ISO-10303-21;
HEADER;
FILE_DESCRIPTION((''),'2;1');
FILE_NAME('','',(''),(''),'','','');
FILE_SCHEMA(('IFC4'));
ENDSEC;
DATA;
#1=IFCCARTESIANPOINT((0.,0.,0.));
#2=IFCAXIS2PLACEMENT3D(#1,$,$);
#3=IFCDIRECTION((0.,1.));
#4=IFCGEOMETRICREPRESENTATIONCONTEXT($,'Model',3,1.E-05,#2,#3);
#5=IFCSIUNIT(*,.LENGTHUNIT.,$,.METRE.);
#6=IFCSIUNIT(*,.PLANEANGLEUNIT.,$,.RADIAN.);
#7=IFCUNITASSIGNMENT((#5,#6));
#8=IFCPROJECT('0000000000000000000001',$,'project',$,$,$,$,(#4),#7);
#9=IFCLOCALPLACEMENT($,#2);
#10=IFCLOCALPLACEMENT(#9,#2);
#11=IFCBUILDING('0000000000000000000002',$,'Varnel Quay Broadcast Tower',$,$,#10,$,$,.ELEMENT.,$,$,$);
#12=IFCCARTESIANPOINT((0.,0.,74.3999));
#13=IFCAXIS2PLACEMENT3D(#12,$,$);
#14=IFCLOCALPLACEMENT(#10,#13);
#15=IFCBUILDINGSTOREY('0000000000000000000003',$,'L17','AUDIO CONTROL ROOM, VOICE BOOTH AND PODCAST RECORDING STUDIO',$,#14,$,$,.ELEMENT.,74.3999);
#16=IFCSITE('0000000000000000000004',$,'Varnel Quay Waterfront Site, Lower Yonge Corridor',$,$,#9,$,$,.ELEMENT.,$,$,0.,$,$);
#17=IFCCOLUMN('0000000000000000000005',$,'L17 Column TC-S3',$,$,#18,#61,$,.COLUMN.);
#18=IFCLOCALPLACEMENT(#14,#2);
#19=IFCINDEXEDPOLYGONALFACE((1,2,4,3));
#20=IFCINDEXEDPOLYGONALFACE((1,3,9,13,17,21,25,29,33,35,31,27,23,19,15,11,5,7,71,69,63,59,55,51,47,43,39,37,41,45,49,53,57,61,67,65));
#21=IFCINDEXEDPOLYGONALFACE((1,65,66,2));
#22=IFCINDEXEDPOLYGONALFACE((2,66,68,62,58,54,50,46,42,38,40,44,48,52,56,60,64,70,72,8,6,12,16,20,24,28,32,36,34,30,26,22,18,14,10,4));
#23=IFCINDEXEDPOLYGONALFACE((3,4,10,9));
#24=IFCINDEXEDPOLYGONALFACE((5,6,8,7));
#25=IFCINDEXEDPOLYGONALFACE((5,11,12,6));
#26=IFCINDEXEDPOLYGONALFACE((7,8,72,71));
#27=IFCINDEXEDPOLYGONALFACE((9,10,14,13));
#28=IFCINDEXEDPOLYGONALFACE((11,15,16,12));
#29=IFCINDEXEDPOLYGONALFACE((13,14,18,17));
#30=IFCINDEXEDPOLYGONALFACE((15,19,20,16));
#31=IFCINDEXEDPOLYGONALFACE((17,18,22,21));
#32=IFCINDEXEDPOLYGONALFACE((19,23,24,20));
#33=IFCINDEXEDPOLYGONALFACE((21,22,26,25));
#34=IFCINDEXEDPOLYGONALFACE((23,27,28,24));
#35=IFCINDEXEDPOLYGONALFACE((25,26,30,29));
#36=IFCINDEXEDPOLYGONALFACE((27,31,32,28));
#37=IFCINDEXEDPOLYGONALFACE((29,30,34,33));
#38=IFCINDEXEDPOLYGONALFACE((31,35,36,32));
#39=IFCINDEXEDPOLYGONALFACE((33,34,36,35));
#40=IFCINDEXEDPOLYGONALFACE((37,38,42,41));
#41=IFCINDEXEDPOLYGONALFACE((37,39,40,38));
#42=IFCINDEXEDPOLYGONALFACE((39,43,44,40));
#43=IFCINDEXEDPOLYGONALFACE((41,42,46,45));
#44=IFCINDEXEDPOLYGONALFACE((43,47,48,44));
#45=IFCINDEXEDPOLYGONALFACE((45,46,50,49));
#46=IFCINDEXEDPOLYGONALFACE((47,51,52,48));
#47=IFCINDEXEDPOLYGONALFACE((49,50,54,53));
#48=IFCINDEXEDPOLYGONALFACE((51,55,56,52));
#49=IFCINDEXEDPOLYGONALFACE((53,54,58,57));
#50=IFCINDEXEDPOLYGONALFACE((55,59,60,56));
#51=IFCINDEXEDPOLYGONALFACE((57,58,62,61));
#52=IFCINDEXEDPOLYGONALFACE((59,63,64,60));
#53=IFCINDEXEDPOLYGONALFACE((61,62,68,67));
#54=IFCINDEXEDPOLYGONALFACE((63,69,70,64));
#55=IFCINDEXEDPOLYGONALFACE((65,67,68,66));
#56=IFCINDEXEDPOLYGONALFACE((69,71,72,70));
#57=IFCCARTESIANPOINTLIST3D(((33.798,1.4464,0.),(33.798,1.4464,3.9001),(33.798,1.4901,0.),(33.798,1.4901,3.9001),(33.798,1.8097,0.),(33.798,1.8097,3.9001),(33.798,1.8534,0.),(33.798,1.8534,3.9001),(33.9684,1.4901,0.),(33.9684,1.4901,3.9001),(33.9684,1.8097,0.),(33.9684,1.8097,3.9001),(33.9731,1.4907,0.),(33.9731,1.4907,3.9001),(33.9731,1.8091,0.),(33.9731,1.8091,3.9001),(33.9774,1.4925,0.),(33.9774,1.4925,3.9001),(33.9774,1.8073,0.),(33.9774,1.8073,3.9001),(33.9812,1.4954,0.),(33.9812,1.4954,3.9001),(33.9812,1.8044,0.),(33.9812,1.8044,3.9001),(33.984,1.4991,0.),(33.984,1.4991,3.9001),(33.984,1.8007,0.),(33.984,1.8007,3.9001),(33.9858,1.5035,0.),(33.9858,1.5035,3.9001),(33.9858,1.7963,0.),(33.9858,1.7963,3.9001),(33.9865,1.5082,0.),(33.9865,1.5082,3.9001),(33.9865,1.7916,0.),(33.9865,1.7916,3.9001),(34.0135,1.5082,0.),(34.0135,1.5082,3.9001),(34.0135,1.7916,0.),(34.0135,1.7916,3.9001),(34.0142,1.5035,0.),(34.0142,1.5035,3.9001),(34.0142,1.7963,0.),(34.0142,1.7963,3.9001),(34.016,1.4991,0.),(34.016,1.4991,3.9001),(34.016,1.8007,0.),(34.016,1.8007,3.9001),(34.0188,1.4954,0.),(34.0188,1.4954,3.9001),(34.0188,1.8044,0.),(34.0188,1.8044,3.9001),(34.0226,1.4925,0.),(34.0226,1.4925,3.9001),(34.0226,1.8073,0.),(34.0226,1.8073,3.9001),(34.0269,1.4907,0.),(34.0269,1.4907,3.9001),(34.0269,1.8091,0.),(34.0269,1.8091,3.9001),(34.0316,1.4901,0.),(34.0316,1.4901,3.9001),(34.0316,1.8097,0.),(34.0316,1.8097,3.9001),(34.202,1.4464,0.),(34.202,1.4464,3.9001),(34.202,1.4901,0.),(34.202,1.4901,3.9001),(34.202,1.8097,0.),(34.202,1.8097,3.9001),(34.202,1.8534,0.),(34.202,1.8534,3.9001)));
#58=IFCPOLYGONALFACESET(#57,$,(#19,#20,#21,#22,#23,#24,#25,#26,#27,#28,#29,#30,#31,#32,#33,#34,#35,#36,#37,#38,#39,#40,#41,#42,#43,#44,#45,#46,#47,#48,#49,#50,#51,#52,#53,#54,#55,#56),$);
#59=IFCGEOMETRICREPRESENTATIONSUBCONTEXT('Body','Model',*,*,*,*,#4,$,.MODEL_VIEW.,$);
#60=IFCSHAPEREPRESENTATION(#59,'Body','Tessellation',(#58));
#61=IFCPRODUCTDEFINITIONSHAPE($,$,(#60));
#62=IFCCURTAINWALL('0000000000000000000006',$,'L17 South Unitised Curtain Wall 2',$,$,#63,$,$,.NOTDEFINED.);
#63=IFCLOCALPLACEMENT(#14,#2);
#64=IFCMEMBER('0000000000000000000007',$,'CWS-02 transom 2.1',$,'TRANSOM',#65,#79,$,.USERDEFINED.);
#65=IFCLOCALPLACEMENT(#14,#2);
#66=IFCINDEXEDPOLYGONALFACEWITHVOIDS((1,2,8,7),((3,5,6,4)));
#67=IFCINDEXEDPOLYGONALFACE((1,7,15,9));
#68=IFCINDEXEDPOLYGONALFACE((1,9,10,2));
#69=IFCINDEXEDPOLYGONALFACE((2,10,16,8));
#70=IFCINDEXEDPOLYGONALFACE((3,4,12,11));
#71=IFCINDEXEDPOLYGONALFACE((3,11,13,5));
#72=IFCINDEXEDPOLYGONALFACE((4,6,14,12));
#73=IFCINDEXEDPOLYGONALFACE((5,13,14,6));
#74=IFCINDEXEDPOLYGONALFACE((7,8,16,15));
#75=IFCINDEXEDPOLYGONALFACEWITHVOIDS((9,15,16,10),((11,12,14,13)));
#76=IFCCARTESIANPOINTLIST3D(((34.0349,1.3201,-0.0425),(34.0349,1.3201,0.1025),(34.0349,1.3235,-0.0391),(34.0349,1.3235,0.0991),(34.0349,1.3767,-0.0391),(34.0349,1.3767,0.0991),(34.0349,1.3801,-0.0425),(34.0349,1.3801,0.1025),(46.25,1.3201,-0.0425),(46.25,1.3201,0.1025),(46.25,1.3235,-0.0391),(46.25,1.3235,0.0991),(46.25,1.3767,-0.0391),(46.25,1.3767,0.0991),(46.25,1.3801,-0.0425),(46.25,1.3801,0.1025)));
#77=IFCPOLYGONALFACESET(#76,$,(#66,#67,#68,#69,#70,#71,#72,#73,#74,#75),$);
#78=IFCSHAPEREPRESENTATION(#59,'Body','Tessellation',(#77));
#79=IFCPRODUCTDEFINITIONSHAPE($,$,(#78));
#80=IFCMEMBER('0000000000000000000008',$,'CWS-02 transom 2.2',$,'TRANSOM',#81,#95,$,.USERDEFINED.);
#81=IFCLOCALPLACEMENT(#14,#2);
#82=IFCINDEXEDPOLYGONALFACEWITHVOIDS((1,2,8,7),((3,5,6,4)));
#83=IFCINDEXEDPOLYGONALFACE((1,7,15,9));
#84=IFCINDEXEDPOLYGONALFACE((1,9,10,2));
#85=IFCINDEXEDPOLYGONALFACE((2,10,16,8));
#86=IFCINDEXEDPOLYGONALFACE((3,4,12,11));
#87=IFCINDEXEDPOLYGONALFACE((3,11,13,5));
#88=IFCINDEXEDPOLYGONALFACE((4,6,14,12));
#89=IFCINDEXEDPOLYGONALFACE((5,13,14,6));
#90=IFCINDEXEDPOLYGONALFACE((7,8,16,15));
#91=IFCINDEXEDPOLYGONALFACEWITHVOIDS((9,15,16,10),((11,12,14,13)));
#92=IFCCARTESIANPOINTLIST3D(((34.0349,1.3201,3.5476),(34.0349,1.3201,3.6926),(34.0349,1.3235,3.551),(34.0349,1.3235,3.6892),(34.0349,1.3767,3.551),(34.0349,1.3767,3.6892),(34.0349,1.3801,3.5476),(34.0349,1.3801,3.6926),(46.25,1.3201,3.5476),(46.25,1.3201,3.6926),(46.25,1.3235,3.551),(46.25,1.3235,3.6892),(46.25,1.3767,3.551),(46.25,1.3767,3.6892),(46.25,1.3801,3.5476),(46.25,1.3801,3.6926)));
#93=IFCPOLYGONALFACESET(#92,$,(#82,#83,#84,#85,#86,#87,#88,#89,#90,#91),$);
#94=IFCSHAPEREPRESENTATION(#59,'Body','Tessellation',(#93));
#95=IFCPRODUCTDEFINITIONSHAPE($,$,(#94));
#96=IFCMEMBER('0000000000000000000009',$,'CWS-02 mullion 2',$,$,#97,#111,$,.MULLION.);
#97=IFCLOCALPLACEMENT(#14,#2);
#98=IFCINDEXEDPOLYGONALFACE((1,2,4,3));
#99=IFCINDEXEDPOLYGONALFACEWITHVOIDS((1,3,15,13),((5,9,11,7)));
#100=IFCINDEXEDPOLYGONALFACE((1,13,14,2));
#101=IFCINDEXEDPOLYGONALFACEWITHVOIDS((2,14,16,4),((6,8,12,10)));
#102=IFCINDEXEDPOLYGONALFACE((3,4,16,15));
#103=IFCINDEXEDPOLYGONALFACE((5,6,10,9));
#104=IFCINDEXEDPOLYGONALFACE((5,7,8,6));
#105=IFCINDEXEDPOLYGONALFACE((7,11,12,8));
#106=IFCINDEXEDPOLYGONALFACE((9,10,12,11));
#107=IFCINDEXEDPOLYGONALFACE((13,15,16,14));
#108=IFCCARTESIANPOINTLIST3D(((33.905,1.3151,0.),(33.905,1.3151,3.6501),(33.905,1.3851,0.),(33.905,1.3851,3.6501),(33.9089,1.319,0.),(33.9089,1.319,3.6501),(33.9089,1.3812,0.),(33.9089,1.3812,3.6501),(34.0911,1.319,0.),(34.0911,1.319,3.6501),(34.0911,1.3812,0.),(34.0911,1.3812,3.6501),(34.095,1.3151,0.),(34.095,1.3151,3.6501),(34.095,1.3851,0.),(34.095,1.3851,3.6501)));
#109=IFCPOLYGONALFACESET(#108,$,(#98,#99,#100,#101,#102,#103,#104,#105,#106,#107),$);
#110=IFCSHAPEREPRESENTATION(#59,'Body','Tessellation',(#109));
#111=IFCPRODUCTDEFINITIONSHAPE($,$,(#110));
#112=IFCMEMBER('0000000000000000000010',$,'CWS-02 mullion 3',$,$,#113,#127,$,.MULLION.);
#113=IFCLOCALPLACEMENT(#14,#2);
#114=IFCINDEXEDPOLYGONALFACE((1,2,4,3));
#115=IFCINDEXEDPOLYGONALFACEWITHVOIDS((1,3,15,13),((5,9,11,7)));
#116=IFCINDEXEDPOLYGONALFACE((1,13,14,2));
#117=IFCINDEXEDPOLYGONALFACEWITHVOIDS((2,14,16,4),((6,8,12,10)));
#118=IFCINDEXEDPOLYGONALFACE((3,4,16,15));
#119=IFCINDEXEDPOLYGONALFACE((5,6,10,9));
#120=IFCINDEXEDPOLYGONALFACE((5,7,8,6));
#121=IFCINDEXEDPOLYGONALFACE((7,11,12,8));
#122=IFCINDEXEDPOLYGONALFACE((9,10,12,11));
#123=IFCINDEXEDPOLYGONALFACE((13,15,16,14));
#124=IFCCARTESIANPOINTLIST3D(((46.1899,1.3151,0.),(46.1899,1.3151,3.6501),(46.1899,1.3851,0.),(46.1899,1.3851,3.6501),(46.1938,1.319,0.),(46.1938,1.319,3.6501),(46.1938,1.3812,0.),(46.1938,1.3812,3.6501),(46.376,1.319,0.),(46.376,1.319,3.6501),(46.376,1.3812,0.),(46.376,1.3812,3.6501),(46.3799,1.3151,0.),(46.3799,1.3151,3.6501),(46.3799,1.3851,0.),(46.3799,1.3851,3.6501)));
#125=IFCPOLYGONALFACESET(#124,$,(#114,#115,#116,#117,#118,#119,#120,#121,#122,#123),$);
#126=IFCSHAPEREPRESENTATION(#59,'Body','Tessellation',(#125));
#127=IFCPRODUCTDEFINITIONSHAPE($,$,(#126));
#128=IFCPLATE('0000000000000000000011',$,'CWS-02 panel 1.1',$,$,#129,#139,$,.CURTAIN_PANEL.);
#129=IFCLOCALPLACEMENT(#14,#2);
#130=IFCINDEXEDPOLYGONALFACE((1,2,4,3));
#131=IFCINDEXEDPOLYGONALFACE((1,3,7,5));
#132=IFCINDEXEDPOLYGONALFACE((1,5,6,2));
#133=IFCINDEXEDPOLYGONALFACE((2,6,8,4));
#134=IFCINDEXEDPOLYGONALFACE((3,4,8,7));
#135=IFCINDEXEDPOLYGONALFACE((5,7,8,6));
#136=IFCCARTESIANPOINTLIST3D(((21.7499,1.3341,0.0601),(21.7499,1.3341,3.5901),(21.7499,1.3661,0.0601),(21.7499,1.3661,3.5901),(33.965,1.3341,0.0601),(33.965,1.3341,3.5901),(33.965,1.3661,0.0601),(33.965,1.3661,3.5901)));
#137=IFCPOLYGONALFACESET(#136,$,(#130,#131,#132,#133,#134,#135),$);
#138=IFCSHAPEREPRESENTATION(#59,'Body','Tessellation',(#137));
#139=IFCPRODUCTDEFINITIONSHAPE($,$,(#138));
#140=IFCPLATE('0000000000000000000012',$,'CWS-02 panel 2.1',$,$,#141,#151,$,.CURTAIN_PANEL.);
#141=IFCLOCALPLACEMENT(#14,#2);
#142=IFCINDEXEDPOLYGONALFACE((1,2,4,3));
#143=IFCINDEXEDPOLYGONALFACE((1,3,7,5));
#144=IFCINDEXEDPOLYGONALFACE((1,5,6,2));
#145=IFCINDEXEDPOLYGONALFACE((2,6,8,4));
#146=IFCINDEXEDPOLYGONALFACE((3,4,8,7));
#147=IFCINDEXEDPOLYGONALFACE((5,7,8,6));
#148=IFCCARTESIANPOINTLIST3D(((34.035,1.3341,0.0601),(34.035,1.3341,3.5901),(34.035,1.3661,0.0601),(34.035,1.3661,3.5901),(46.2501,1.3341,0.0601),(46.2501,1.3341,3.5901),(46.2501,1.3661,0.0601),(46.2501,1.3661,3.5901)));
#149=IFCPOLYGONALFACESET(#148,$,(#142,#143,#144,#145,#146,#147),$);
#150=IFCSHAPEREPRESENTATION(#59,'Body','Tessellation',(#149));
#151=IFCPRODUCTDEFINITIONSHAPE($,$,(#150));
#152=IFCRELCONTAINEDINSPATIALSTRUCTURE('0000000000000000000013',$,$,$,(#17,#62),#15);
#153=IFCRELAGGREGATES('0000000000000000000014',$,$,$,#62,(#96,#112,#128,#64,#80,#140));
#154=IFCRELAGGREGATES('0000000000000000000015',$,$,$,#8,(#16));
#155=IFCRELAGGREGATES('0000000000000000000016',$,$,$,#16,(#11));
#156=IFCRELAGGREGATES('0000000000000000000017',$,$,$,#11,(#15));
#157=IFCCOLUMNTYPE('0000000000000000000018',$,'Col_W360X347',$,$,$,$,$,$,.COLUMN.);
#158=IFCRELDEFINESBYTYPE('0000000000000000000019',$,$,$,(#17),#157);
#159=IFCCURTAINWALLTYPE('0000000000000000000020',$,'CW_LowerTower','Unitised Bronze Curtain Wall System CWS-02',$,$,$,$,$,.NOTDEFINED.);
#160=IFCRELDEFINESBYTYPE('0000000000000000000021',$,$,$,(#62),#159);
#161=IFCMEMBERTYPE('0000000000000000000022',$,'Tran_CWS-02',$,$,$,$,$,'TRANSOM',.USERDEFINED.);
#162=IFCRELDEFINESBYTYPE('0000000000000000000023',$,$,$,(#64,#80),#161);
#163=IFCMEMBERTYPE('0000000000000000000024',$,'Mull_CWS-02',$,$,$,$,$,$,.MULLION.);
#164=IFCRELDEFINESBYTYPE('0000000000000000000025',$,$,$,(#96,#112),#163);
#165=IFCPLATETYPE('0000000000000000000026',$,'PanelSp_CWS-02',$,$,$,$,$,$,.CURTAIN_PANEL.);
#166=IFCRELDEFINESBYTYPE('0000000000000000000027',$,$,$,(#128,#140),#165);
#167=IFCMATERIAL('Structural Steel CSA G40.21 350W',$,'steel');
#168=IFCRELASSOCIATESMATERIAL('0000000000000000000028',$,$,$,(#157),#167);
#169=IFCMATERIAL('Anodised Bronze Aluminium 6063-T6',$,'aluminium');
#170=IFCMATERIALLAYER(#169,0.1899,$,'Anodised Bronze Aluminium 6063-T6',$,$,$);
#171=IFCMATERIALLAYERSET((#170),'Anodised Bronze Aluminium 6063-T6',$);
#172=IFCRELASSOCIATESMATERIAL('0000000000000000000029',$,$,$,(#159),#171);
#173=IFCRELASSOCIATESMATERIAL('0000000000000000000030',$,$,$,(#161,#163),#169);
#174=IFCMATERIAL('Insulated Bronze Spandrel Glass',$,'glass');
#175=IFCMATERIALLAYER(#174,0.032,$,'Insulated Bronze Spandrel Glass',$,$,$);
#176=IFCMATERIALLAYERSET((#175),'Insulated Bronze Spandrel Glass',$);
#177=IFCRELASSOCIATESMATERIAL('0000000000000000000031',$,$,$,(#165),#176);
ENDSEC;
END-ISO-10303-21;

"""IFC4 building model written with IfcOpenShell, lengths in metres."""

from ifc_helpers import new_model, si_unit, direction, frame, origin, origin_2d, place, context, subcontext, project, spatial, rectangle, hollow_rectangle, i_section, extrude, source, transform, mapped, material, layer, layer_set, material_profile, profile_set, type_object, type_shapes, element, aggregate, save


model = new_model("IFC4")

# Units and contexts
model_context = context("Model", 3, precision=1e-05, world=origin(), true_north=direction((0.0, 1.0)))
body_context = subcontext(model_context, "Body", "Model", "MODEL_VIEW")
ifc_project = project(units=[si_unit("LENGTHUNIT", "METRE"), si_unit("PLANEANGLEUNIT", "RADIAN")], contexts=[model_context])

# Site, building, storey
site_placement = place(None, origin())
site = spatial("IfcSite", under=ifc_project, at=site_placement, Name="Varnel Quay Waterfront Site, Lower Yonge Corridor", CompositionType="ELEMENT", RefElevation=0.0)
building_placement = place(site_placement, origin())
building = spatial("IfcBuilding", under=site, at=building_placement, Name="Varnel Quay Broadcast Tower", CompositionType="ELEMENT")
storey_placement = place(building_placement, frame((0.0, 0.0, 74.3999)))
storey = spatial("IfcBuildingStorey", under=building, at=storey_placement, Name="L17", Description="AUDIO CONTROL ROOM, VOICE BOOTH AND PODCAST RECORDING STUDIO", CompositionType="ELEMENT", Elevation=74.3999)

# Column
ifc_material_1 = material(Name="Structural Steel CSA G40.21 350W", Category="steel")
ifc_material_profile_1 = material_profile(ifc_material_1, i_section(OverallWidth=0.4041, OverallDepth=0.407, WebThickness=0.0271, FlangeThickness=0.0437, FilletRadius=0.0181, at=origin_2d()), Name="W360X347")
ifc_profile_set_1 = profile_set([ifc_material_profile_1], Name="Structural Steel CSA G40.21 350W")
column_type = type_object("IfcColumnType", Name="Col_W360X347", PredefinedType="COLUMN", material=ifc_profile_set_1)
shared_shape_1 = source(origin(), body_context, "Body", "SweptSolid", [
    extrude(i_section(OverallWidth=0.4041, OverallDepth=0.407, WebThickness=0.0271, FlangeThickness=0.0437, FilletRadius=0.0181, at=origin_2d()), origin(), (0.0, 0.0, 1.0), 3.9001),
])
type_shapes(column_type, [shared_shape_1])
column_placement = place(storey_placement, frame((34.0, 1.6499, 0.0), z_axis=(0.0, 0.0, 1.0), x_axis=(1.0, 0.0, 0.0)))
element("IfcColumn", 1, at=column_placement, inside=storey, type_object=column_type, Name="L17 Column TC-S3", PredefinedType="COLUMN", context=body_context, shape_type="MappedRepresentation", body=[
    mapped(shared_shape_1, transform((0.0, 0.0, 0.0), x_axis=(1.0, 0.0, 0.0), y_axis=(0.0, 1.0, 0.0), z_axis=(0.0, 0.0, 1.0), scale=1.0)),
])

# Curtain wall, members, plates
ifc_material_2 = material(Name="Anodised Bronze Aluminium 6063-T6", Category="aluminium")
ifc_layer_1 = layer(ifc_material_2, 0.1899, Name="Anodised Bronze Aluminium 6063-T6")
ifc_layer_set_1 = layer_set([ifc_layer_1], Name="Anodised Bronze Aluminium 6063-T6")
curtain_wall_type = type_object("IfcCurtainWallType", Name="CW_LowerTower", Description="Unitised Bronze Curtain Wall System CWS-02", PredefinedType="NOTDEFINED", material=ifc_layer_set_1)
curtain_wall_placement = place(storey_placement, origin())
curtain_wall = element("IfcCurtainWall", 2, at=curtain_wall_placement, inside=storey, type_object=curtain_wall_type, Name="L17 South Unitised Curtain Wall 2", PredefinedType="NOTDEFINED")
ifc_material_profile_2 = material_profile(ifc_material_2, hollow_rectangle(XDim=0.0601, YDim=0.145, WallThickness=0.0034, at=origin_2d()), Name="ALU60X145X3.5")
ifc_profile_set_2 = profile_set([ifc_material_profile_2], Name="Anodised Bronze Aluminium 6063-T6")
member_type_1 = type_object("IfcMemberType", Name="Tran_CWS-02", ElementType="TRANSOM", PredefinedType="USERDEFINED", material=ifc_profile_set_2)
shared_shape_2 = source(origin(), body_context, "Body", "SweptSolid", [
    extrude(hollow_rectangle(XDim=0.0601, YDim=0.145, WallThickness=0.0034, at=origin_2d()), origin(), (0.0, 0.0, 1.0), 12.2151),
])
type_shapes(member_type_1, [shared_shape_2])
member_1_placement = place(storey_placement, frame((34.0349, 1.3501, 0.03), z_axis=(1.0, 0.0, 0.0), x_axis=(0.0, 1.0, 0.0)))
member_1 = element("IfcMember", 3, at=member_1_placement, type_object=member_type_1, Name="CWS-02 transom 2.1", ObjectType="TRANSOM", PredefinedType="USERDEFINED", context=body_context, shape_type="MappedRepresentation", body=[
    mapped(shared_shape_2, transform((0.0, 0.0, 0.0), x_axis=(1.0, 0.0, 0.0), y_axis=(0.0, 1.0, 0.0), z_axis=(0.0, 0.0, 1.0), scale=1.0)),
])
member_2_placement = place(storey_placement, frame((34.0349, 1.3501, 3.6201), z_axis=(1.0, 0.0, 0.0), x_axis=(0.0, 1.0, 0.0)))
member_2 = element("IfcMember", 4, at=member_2_placement, type_object=member_type_1, Name="CWS-02 transom 2.2", ObjectType="TRANSOM", PredefinedType="USERDEFINED", context=body_context, shape_type="MappedRepresentation", body=[
    mapped(shared_shape_2, transform((0.0, 0.0, 0.0), x_axis=(1.0, 0.0, 0.0), y_axis=(0.0, 1.0, 0.0), z_axis=(0.0, 0.0, 1.0), scale=1.0)),
])
ifc_material_profile_3 = material_profile(ifc_material_2, hollow_rectangle(XDim=0.0701, YDim=0.1899, WallThickness=0.0039, at=origin_2d()), Name="ALU70X190X4")
ifc_profile_set_3 = profile_set([ifc_material_profile_3], Name="Anodised Bronze Aluminium 6063-T6")
member_type_2 = type_object("IfcMemberType", Name="Mull_CWS-02", PredefinedType="MULLION", material=ifc_profile_set_3)
shared_shape_3 = source(origin(), body_context, "Body", "SweptSolid", [
    extrude(hollow_rectangle(XDim=0.0701, YDim=0.1899, WallThickness=0.0039, at=origin_2d()), origin(), (0.0, 0.0, 1.0), 3.6501),
])
type_shapes(member_type_2, [shared_shape_3])
member_3_placement = place(storey_placement, frame((34.0, 1.3501, 0.0), z_axis=(0.0, 0.0, 1.0), x_axis=(0.0, 1.0, 0.0)))
member_3 = element("IfcMember", 5, at=member_3_placement, type_object=member_type_2, Name="CWS-02 mullion 2", PredefinedType="MULLION", context=body_context, shape_type="MappedRepresentation", body=[
    mapped(shared_shape_3, transform((0.0, 0.0, 0.0), x_axis=(1.0, 0.0, 0.0), y_axis=(0.0, 1.0, 0.0), z_axis=(0.0, 0.0, 1.0), scale=1.0)),
])
member_4_placement = place(storey_placement, frame((46.2849, 1.3501, 0.0), z_axis=(0.0, 0.0, 1.0), x_axis=(0.0, 1.0, 0.0)))
member_4 = element("IfcMember", 6, at=member_4_placement, type_object=member_type_2, Name="CWS-02 mullion 3", PredefinedType="MULLION", context=body_context, shape_type="MappedRepresentation", body=[
    mapped(shared_shape_3, transform((0.0, 0.0, 0.0), x_axis=(1.0, 0.0, 0.0), y_axis=(0.0, 1.0, 0.0), z_axis=(0.0, 0.0, 1.0), scale=1.0)),
])
ifc_material_3 = material(Name="Insulated Bronze Spandrel Glass", Category="glass")
ifc_layer_2 = layer(ifc_material_3, 0.032, Name="Insulated Bronze Spandrel Glass")
ifc_layer_set_2 = layer_set([ifc_layer_2], Name="Insulated Bronze Spandrel Glass")
plate_type = type_object("IfcPlateType", Name="PanelSp_CWS-02", PredefinedType="CURTAIN_PANEL", material=ifc_layer_set_2)
shared_shape_4 = source(origin(), body_context, "Body", "SweptSolid", [
    extrude(rectangle(XDim=12.2151, YDim=0.032, at=origin_2d()), origin(), (0.0, 0.0, 1.0), 3.53),
])
type_shapes(plate_type, [shared_shape_4])
plate_1_placement = place(storey_placement, frame((27.8574, 1.3501, 0.0601), z_axis=(0.0, 0.0, 1.0), x_axis=(1.0, 0.0, 0.0)))
plate_1 = element("IfcPlate", 7, at=plate_1_placement, type_object=plate_type, Name="CWS-02 panel 1.1", PredefinedType="CURTAIN_PANEL", context=body_context, shape_type="MappedRepresentation", body=[
    mapped(shared_shape_4, transform((0.0, 0.0, 0.0), x_axis=(1.0, 0.0, 0.0), y_axis=(0.0, 1.0, 0.0), z_axis=(0.0, 0.0, 1.0), scale=1.0)),
])
plate_2_placement = place(storey_placement, frame((40.1426, 1.3501, 0.0601), z_axis=(0.0, 0.0, 1.0), x_axis=(1.0, 0.0, 0.0)))
plate_2 = element("IfcPlate", 8, at=plate_2_placement, type_object=plate_type, Name="CWS-02 panel 2.1", PredefinedType="CURTAIN_PANEL", context=body_context, shape_type="MappedRepresentation", body=[
    mapped(shared_shape_4, transform((0.0, 0.0, 0.0), x_axis=(1.0, 0.0, 0.0), y_axis=(0.0, 1.0, 0.0), z_axis=(0.0, 0.0, 1.0), scale=1.0)),
])
aggregate(curtain_wall, [member_3, member_4, plate_1, member_1, member_2, plate_2])

save(model, "model.ifc")
